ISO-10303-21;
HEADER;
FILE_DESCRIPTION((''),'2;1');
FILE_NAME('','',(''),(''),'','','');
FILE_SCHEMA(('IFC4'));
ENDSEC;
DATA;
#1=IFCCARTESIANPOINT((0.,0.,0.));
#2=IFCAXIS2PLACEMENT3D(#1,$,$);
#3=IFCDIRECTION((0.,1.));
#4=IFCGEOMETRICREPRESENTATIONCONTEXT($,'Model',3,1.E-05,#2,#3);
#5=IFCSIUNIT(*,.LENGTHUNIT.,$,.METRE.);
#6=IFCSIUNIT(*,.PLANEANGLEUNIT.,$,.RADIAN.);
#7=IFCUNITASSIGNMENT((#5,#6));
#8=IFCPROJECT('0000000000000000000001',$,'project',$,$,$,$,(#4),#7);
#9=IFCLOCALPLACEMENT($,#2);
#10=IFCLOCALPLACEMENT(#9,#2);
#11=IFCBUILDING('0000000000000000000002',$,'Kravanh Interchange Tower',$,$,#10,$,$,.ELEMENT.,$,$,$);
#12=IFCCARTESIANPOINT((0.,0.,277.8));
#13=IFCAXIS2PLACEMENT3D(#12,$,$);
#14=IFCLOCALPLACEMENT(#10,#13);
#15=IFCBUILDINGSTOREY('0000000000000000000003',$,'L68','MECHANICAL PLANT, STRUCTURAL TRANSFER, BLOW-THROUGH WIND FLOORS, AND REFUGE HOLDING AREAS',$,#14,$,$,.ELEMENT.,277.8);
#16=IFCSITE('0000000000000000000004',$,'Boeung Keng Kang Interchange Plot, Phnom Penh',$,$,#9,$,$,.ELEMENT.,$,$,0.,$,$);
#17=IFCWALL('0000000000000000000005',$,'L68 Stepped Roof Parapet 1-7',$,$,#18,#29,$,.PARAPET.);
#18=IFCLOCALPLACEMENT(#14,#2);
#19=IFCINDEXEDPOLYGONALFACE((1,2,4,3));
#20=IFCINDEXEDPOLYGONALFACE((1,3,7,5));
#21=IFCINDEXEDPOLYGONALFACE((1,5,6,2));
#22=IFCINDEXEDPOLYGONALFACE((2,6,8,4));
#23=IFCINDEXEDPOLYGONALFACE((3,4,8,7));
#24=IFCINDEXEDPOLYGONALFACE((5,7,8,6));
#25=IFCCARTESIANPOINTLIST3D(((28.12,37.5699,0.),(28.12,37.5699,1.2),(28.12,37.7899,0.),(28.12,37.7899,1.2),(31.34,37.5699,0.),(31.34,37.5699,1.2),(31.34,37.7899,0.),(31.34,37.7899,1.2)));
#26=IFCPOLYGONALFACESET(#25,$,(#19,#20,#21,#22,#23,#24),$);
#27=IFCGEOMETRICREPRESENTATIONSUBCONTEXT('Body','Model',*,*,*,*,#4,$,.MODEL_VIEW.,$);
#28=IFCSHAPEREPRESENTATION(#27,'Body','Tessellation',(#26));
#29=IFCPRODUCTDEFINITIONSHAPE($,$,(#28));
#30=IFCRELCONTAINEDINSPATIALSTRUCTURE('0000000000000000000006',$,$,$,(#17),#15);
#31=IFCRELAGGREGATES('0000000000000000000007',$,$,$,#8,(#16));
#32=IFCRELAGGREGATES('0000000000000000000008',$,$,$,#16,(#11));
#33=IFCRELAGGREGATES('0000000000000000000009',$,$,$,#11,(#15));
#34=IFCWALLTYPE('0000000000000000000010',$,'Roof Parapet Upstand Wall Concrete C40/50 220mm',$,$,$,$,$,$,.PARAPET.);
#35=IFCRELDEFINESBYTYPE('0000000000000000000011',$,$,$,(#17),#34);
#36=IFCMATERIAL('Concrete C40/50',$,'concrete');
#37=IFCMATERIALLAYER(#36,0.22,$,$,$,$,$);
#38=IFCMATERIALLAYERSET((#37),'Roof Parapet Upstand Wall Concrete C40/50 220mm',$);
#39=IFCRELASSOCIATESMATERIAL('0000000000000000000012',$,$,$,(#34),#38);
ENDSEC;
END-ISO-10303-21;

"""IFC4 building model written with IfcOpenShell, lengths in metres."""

from ifc_helpers import new_model, si_unit, direction, frame, frame_2d, origin, place, context, subcontext, project, spatial, rectangle, extrude, material, layer, layer_set, type_object, element, save


model = new_model("IFC4")

# Units and contexts
model_context = context("Model", 3, precision=1e-05, world=origin(), true_north=direction((0.0, 1.0)))
body_context = subcontext(model_context, "Body", "Model", "MODEL_VIEW")
ifc_project = project(units=[si_unit("LENGTHUNIT", "METRE"), si_unit("PLANEANGLEUNIT", "RADIAN")], contexts=[model_context])

# Site, building, storey
site_placement = place(None, origin())
site = spatial("IfcSite", under=ifc_project, at=site_placement, Name="Boeung Keng Kang Interchange Plot, Phnom Penh", CompositionType="ELEMENT", RefElevation=0.0)
building_placement = place(site_placement, origin())
building = spatial("IfcBuilding", under=site, at=building_placement, Name="Kravanh Interchange Tower", CompositionType="ELEMENT")
storey_placement = place(building_placement, frame((0.0, 0.0, 277.8)))
storey = spatial("IfcBuildingStorey", under=building, at=storey_placement, Name="L68", Description="MECHANICAL PLANT, STRUCTURAL TRANSFER, BLOW-THROUGH WIND FLOORS, AND REFUGE HOLDING AREAS", CompositionType="ELEMENT", Elevation=277.8)

# Wall
ifc_material_1 = material(Name="Concrete C40/50", Category="concrete")
ifc_layer_1 = layer(ifc_material_1, 0.22)
ifc_layer_set_1 = layer_set([ifc_layer_1], Name="Roof Parapet Upstand Wall Concrete C40/50 220mm")
wall_type_1 = type_object("IfcWallType", Name="Roof Parapet Upstand Wall Concrete C40/50 220mm", PredefinedType="PARAPET", material=ifc_layer_set_1)
wall_1_placement = place(storey_placement, frame((28.1201, 37.6799, 0.0), z_axis=(0.0, 0.0, 1.0), x_axis=(1.0, 0.0, 0.0)))
element("IfcWall", 1, at=wall_1_placement, inside=storey, type_object=wall_type_1, Name="L68 Stepped Roof Parapet 1-7", PredefinedType="PARAPET", context=body_context, shape_type="SweptSolid", body=[
    extrude(rectangle(XDim=3.22, YDim=0.22, at=frame_2d((1.6099, 0.0))), origin(), (0.0, 0.0, 1.0), 1.2),
])

save(model, "model.ifc")
